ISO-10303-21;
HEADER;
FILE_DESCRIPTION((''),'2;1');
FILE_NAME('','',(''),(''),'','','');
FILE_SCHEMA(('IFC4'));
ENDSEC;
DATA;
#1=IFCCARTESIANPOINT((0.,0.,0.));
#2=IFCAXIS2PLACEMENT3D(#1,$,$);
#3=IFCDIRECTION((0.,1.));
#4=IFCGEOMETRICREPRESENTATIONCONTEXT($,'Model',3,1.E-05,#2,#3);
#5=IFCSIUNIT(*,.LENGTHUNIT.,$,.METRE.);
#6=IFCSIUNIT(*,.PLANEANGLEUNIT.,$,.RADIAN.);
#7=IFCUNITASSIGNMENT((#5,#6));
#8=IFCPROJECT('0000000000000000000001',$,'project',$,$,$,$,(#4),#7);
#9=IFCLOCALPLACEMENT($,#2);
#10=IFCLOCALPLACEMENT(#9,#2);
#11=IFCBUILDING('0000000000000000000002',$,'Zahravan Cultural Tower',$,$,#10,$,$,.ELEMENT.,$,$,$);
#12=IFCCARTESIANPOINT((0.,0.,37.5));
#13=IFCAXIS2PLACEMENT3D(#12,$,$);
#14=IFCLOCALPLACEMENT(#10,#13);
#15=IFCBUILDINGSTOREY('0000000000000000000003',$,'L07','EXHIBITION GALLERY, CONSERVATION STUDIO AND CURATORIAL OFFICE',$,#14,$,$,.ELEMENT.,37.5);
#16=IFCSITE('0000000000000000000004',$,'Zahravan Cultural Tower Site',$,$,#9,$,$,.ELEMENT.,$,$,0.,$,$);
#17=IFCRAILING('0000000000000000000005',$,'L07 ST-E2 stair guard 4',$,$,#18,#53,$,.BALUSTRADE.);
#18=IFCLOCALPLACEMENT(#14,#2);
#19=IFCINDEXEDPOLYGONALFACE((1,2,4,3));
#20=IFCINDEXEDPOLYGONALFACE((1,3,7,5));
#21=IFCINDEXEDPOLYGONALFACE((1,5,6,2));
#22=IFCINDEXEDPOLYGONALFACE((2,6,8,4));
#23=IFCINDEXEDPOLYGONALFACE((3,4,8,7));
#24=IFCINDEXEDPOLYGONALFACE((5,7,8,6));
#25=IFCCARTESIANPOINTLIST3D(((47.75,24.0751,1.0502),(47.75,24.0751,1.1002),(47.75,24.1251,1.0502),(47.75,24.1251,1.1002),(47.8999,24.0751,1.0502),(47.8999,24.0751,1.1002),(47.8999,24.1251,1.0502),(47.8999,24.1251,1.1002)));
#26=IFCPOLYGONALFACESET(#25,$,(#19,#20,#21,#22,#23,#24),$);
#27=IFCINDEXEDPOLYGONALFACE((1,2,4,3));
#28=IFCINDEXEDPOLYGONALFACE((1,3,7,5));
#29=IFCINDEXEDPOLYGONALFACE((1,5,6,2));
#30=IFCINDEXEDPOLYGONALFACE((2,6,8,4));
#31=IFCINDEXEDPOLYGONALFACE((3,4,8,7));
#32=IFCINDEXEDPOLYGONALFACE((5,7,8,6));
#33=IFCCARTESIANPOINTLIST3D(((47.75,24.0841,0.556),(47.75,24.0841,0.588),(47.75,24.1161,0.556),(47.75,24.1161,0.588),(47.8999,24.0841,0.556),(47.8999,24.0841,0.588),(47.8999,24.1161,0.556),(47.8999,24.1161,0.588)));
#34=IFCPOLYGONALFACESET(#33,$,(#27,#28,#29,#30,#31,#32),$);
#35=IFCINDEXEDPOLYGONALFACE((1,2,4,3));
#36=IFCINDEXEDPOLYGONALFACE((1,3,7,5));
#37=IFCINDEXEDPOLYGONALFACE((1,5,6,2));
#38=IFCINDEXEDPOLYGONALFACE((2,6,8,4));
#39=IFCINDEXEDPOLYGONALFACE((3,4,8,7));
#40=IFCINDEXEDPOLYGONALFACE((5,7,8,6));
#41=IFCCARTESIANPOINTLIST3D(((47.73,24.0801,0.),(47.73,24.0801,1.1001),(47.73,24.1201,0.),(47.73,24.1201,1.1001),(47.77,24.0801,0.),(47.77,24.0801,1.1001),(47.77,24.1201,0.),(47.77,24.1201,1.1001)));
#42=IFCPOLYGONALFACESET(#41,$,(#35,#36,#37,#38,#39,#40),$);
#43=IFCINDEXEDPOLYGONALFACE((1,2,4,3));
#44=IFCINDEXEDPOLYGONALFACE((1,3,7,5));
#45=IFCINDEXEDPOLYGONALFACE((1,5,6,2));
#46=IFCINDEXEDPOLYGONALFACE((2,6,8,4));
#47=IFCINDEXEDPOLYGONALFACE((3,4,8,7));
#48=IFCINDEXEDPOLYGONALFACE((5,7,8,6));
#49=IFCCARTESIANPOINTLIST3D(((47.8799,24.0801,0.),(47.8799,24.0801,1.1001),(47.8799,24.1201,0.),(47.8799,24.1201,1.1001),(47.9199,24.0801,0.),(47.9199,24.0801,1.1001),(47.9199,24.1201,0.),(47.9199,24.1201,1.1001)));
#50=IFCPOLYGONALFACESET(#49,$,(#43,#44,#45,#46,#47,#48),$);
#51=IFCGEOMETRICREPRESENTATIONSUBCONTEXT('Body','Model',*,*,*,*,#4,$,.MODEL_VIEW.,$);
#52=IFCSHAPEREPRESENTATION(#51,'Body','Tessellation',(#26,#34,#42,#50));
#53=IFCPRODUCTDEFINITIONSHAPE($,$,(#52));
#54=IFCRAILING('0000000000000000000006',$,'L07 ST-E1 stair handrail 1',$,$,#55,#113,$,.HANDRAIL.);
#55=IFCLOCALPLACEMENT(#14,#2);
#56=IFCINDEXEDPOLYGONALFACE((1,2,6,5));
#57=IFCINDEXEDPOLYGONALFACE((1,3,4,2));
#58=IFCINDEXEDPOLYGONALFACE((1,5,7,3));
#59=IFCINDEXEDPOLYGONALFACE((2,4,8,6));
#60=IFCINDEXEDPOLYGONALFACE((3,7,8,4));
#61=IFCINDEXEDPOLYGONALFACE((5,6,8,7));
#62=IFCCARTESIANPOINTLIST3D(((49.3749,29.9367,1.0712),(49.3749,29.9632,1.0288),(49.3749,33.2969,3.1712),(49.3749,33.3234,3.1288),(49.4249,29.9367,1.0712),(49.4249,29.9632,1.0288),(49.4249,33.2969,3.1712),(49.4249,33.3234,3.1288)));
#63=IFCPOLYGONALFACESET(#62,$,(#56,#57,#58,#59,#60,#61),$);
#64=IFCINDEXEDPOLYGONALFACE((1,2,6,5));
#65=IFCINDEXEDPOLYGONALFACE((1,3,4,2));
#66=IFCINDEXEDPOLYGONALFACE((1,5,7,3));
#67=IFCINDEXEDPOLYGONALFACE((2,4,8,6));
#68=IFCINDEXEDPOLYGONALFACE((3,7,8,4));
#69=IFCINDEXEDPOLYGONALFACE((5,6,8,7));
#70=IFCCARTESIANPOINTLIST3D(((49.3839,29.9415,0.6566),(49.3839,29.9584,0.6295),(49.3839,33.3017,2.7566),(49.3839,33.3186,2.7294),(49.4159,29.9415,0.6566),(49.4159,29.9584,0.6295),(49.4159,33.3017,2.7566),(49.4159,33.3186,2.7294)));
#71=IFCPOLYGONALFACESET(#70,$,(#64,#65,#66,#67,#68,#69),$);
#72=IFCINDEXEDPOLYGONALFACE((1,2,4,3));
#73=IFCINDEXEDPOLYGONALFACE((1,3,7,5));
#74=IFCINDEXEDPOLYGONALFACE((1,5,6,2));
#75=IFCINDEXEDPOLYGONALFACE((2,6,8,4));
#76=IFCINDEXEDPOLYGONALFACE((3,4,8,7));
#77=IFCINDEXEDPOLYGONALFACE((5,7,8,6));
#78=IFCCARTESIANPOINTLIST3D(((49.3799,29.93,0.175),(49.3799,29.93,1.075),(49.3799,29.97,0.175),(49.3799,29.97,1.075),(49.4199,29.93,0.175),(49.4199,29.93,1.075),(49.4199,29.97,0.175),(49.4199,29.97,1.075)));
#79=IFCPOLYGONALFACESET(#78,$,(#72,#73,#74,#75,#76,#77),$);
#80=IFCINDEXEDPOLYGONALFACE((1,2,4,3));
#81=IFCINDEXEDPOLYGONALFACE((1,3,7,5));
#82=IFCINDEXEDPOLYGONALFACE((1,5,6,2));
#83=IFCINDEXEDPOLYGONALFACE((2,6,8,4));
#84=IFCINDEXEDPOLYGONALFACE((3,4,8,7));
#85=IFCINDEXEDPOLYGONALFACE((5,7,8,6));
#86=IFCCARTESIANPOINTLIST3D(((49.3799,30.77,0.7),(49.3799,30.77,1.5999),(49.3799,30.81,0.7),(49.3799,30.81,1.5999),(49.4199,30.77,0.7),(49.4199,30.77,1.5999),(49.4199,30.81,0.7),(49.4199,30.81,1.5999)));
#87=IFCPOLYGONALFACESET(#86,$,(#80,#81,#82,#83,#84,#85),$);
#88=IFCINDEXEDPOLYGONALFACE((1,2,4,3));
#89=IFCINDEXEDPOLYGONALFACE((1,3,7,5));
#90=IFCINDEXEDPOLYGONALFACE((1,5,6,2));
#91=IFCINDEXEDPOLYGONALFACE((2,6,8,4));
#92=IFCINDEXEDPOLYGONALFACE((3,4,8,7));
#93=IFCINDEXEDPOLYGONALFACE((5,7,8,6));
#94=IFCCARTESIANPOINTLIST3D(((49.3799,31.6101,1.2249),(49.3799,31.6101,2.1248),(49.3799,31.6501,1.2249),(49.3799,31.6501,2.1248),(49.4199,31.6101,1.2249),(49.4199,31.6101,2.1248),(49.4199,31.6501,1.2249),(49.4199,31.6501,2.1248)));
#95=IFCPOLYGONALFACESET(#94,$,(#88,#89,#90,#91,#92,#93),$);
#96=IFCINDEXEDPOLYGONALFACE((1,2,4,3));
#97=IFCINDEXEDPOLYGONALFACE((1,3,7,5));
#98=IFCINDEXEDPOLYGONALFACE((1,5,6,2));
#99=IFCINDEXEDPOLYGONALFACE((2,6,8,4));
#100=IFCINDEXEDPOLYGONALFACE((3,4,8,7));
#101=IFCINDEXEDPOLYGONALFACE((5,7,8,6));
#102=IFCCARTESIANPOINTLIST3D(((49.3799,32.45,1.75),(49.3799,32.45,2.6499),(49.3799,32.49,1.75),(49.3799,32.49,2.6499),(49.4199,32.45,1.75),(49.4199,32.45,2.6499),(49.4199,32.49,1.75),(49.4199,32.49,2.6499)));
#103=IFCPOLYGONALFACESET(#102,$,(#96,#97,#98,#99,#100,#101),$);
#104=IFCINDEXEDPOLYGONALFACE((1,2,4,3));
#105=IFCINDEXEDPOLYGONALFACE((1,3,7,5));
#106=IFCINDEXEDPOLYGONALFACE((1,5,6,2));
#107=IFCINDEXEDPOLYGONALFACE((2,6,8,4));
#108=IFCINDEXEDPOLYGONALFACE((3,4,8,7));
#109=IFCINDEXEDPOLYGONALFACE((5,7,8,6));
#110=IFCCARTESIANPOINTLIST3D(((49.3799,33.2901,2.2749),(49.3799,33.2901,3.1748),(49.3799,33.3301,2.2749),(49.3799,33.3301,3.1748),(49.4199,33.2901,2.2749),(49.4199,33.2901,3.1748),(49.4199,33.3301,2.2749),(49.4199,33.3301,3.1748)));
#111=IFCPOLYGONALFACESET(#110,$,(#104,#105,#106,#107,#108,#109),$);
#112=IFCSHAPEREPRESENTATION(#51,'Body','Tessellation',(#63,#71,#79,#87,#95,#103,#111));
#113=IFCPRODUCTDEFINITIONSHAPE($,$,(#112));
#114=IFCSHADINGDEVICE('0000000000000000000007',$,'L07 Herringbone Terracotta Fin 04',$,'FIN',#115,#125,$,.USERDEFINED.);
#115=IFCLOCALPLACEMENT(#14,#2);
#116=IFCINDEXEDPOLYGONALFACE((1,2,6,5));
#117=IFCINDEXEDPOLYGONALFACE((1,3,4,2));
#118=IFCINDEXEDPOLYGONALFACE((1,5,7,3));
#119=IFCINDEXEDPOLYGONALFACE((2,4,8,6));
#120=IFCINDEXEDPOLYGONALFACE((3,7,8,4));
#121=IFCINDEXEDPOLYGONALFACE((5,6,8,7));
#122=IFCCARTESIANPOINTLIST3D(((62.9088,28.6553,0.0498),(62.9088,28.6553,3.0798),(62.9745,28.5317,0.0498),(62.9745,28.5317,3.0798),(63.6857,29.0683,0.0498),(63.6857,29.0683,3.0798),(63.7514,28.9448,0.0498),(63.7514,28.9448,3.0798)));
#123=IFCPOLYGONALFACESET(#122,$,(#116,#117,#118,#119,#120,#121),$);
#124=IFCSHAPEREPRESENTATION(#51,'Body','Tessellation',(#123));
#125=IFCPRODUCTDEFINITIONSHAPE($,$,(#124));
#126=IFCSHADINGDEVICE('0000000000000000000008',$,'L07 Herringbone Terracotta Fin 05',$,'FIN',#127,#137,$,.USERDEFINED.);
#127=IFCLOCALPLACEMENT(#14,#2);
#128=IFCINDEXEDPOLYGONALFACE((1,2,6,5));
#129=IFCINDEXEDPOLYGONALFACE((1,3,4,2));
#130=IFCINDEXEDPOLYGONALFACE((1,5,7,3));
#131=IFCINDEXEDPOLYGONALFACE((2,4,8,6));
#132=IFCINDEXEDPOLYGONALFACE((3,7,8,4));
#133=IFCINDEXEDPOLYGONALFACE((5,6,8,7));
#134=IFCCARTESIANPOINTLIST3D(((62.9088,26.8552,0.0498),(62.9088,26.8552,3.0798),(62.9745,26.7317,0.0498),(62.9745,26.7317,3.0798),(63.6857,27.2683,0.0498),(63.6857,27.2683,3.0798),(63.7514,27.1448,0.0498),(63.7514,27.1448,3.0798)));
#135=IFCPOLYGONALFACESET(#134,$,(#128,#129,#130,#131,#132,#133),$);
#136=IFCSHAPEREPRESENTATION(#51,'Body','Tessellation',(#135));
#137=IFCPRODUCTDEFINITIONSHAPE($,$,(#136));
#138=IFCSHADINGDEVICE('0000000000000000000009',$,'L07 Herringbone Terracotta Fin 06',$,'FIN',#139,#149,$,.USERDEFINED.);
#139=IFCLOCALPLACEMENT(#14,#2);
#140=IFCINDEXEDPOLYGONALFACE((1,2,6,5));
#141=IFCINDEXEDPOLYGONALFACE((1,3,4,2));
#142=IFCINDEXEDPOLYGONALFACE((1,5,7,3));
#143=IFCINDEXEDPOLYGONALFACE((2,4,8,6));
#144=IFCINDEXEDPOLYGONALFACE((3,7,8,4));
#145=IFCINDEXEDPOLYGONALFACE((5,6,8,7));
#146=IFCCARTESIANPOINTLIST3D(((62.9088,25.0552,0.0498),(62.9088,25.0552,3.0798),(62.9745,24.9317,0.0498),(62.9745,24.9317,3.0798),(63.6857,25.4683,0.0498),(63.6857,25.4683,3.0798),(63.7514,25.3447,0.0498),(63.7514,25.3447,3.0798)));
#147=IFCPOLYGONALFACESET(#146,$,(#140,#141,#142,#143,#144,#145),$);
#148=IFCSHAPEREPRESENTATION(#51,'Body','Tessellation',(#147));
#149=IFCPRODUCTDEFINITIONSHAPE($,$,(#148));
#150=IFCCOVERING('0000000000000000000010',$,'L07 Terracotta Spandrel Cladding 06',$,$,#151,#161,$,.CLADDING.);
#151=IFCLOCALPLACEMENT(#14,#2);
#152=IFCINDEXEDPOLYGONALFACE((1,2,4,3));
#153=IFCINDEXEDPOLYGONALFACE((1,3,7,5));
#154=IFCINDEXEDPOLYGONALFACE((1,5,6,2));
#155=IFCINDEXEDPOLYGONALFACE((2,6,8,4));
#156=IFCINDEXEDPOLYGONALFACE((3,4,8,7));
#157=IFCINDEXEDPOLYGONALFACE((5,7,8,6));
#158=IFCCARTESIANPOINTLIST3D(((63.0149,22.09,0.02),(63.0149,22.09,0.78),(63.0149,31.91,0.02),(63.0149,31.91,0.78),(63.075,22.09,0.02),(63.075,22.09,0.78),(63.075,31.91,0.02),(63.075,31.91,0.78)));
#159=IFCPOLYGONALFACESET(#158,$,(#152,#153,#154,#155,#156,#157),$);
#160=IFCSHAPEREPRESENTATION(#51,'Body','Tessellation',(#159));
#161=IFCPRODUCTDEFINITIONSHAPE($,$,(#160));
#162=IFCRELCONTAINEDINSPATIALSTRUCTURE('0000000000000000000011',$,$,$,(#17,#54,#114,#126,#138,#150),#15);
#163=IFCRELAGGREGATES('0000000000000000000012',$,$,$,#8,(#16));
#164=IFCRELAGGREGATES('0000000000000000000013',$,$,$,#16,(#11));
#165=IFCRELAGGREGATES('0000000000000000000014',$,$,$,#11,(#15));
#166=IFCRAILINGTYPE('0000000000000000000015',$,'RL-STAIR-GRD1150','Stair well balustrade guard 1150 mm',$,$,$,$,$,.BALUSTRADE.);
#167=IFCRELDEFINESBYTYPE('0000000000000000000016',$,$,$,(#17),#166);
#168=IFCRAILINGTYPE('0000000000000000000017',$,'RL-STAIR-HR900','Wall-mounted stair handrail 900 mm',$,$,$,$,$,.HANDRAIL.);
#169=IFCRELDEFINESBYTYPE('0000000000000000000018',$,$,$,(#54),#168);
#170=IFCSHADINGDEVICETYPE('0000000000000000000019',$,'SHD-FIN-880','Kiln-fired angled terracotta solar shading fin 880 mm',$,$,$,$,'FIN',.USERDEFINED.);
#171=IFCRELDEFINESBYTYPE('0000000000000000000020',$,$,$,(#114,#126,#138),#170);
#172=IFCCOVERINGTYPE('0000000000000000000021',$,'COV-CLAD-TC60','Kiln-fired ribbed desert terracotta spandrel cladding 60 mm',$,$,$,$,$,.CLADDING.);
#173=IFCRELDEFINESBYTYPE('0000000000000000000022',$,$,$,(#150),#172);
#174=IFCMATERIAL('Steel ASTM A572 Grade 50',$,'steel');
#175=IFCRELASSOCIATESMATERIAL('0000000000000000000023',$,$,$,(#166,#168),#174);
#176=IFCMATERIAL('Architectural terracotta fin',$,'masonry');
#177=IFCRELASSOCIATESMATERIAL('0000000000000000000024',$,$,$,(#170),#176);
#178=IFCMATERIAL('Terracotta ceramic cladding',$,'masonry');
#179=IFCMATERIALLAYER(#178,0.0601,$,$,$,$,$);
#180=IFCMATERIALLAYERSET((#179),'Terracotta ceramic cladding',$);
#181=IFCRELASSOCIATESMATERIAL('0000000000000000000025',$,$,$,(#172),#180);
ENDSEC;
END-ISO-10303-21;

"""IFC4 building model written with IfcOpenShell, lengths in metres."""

from ifc_helpers import new_model, si_unit, direction, frame, origin, origin_2d, place, context, subcontext, project, spatial, rectangle, extrude, source, transform, mapped, material, layer, layer_set, type_object, element, save


model = new_model("IFC4")

# Units and contexts
model_context = context("Model", 3, precision=1e-05, world=origin(), true_north=direction((0.0, 1.0)))
body_context = subcontext(model_context, "Body", "Model", "MODEL_VIEW")
ifc_project = project(units=[si_unit("LENGTHUNIT", "METRE"), si_unit("PLANEANGLEUNIT", "RADIAN")], contexts=[model_context])

# Site, building, storey
site_placement = place(None, origin())
site = spatial("IfcSite", under=ifc_project, at=site_placement, Name="Zahravan Cultural Tower Site", CompositionType="ELEMENT", RefElevation=0.0)
building_placement = place(site_placement, origin())
building = spatial("IfcBuilding", under=site, at=building_placement, Name="Zahravan Cultural Tower", CompositionType="ELEMENT")
storey_placement = place(building_placement, frame((0.0, 0.0, 37.5)))
storey = spatial("IfcBuildingStorey", under=building, at=storey_placement, Name="L07", Description="EXHIBITION GALLERY, CONSERVATION STUDIO AND CURATORIAL OFFICE", CompositionType="ELEMENT", Elevation=37.5)

# Shared definitions
ifc_material_1 = material(Name="Steel ASTM A572 Grade 50", Category="steel")

# Railings
railing_type_1 = type_object("IfcRailingType", Name="RL-STAIR-GRD1150", Description="Stair well balustrade guard 1150 mm", PredefinedType="BALUSTRADE", material=ifc_material_1)
railing_1_placement = place(storey_placement, frame((47.75, 24.1001, 0.0)))
element("IfcRailing", 1, at=railing_1_placement, inside=storey, type_object=railing_type_1, Name="L07 ST-E2 stair guard 4", PredefinedType="BALUSTRADE", context=body_context, shape_type="SweptSolid", body=[
    extrude(rectangle(XDim=0.05, YDim=0.05, at=origin_2d()), frame((0.0, 0.0, 1.0752), z_axis=(1.0, 0.0, 0.0), x_axis=(0.0, 1.0, 0.0)), (0.0, 0.0, 1.0), 0.1499),
    extrude(rectangle(XDim=0.032, YDim=0.032, at=origin_2d()), frame((0.0, 0.0, 0.572), z_axis=(1.0, 0.0, 0.0), x_axis=(0.0, 1.0, 0.0)), (0.0, 0.0, 1.0), 0.1499),
    extrude(rectangle(XDim=0.04, YDim=0.04, at=origin_2d()), origin(), (0.0, 0.0, 1.0), 1.1001),
    extrude(rectangle(XDim=0.04, YDim=0.04, at=origin_2d()), frame((0.1499, 0.0, 0.0)), (0.0, 0.0, 1.0), 1.1001),
])
railing_type_2 = type_object("IfcRailingType", Name="RL-STAIR-HR900", Description="Wall-mounted stair handrail 900 mm", PredefinedType="HANDRAIL", material=ifc_material_1)
railing_2_placement = place(storey_placement, frame((49.3999, 29.95, 0.175)))
element("IfcRailing", 2, at=railing_2_placement, inside=storey, type_object=railing_type_2, Name="L07 ST-E1 stair handrail 1", PredefinedType="HANDRAIL", context=body_context, shape_type="SweptSolid", body=[
    extrude(rectangle(XDim=0.05, YDim=0.05, at=origin_2d()), frame((0.0, 0.0, 0.875), z_axis=(0.0, 0.848023, 0.52996), x_axis=(-1.0, 0.0, 0.0)), (0.0, 0.0, 1.0), 3.9624),
    extrude(rectangle(XDim=0.032, YDim=0.032, at=origin_2d()), frame((0.0, 0.0, 0.468), z_axis=(0.0, 0.848023, 0.52996), x_axis=(-1.0, 0.0, 0.0)), (0.0, 0.0, 1.0), 3.9624),
    extrude(rectangle(XDim=0.04, YDim=0.04, at=origin_2d()), origin(), (0.0, 0.0, 1.0), 0.8999),
    extrude(rectangle(XDim=0.04, YDim=0.04, at=origin_2d()), frame((0.0, 0.8401, 0.5249)), (0.0, 0.0, 1.0), 0.8999),
    extrude(rectangle(XDim=0.04, YDim=0.04, at=origin_2d()), frame((0.0, 1.6802, 1.0498)), (0.0, 0.0, 1.0), 0.8999),
    extrude(rectangle(XDim=0.04, YDim=0.04, at=origin_2d()), frame((0.0, 2.52, 1.575)), (0.0, 0.0, 1.0), 0.8999),
    extrude(rectangle(XDim=0.04, YDim=0.04, at=origin_2d()), frame((0.0, 3.3601, 2.0999)), (0.0, 0.0, 1.0), 0.8999),
])

# Shading devices
ifc_material_2 = material(Name="Architectural terracotta fin", Category="masonry")
shading_device_type = type_object("IfcShadingDeviceType", Name="SHD-FIN-880", Description="Kiln-fired angled terracotta solar shading fin 880 mm", ElementType="FIN", PredefinedType="USERDEFINED", material=ifc_material_2)
shared_shape_1 = source(origin(), body_context, "Body", "SweptSolid", [
    extrude(rectangle(XDim=0.8799, YDim=0.1399, at=origin_2d()), origin(), (0.0, 0.0, 1.0), 3.03),
])
for number, where, z_axis, x_axis, name in (
    (3, (63.3301, 28.8, 0.0498), (0.0, 0.0, 1.0), (0.882948, 0.469472, 0.0), "L07 Herringbone Terracotta Fin 04"),
    (4, (63.3301, 27.0, 0.0498), (0.0, 0.0, 1.0), (0.882948, 0.469472, 0.0), "L07 Herringbone Terracotta Fin 05"),
    (5, (63.3301, 25.2, 0.0498), (0.0, 0.0, 1.0), (0.882948, 0.469472, 0.0), "L07 Herringbone Terracotta Fin 06"),
):
    element("IfcShadingDevice", number, at=place(storey_placement, frame(where, z_axis=z_axis, x_axis=x_axis)), inside=storey, type_object=shading_device_type, Name=name, ObjectType="FIN", PredefinedType="USERDEFINED", context=body_context, shape_type="MappedRepresentation", body=[
        mapped(shared_shape_1, transform((0.0, 0.0, 0.0), x_axis=(1.0, 0.0, 0.0), y_axis=(0.0, 1.0, 0.0), z_axis=(0.0, 0.0, 1.0), scale=1.0)),
    ])

# Covering
ifc_material_3 = material(Name="Terracotta ceramic cladding", Category="masonry")
ifc_layer_1 = layer(ifc_material_3, 0.0601)
ifc_layer_set_1 = layer_set([ifc_layer_1], Name="Terracotta ceramic cladding")
covering_type = type_object("IfcCoveringType", Name="COV-CLAD-TC60", Description="Kiln-fired ribbed desert terracotta spandrel cladding 60 mm", PredefinedType="CLADDING", material=ifc_layer_set_1)
shared_shape_2 = source(origin(), body_context, "Body", "SweptSolid", [
    extrude(rectangle(XDim=9.8201, YDim=0.0601, at=origin_2d()), origin(), (0.0, 0.0, 1.0), 0.76),
])
covering_placement = place(storey_placement, frame((63.0449, 27.0, 0.02), z_axis=(0.0, 0.0, 1.0), x_axis=(0.0, -1.0, 0.0)))
element("IfcCovering", 6, at=covering_placement, inside=storey, type_object=covering_type, Name="L07 Terracotta Spandrel Cladding 06", PredefinedType="CLADDING", context=body_context, shape_type="MappedRepresentation", body=[
    mapped(shared_shape_2, transform((0.0, 0.0, 0.0), x_axis=(1.0, 0.0, 0.0), y_axis=(0.0, 1.0, 0.0), z_axis=(0.0, 0.0, 1.0), scale=1.0)),
])

save(model, "model.ifc")
